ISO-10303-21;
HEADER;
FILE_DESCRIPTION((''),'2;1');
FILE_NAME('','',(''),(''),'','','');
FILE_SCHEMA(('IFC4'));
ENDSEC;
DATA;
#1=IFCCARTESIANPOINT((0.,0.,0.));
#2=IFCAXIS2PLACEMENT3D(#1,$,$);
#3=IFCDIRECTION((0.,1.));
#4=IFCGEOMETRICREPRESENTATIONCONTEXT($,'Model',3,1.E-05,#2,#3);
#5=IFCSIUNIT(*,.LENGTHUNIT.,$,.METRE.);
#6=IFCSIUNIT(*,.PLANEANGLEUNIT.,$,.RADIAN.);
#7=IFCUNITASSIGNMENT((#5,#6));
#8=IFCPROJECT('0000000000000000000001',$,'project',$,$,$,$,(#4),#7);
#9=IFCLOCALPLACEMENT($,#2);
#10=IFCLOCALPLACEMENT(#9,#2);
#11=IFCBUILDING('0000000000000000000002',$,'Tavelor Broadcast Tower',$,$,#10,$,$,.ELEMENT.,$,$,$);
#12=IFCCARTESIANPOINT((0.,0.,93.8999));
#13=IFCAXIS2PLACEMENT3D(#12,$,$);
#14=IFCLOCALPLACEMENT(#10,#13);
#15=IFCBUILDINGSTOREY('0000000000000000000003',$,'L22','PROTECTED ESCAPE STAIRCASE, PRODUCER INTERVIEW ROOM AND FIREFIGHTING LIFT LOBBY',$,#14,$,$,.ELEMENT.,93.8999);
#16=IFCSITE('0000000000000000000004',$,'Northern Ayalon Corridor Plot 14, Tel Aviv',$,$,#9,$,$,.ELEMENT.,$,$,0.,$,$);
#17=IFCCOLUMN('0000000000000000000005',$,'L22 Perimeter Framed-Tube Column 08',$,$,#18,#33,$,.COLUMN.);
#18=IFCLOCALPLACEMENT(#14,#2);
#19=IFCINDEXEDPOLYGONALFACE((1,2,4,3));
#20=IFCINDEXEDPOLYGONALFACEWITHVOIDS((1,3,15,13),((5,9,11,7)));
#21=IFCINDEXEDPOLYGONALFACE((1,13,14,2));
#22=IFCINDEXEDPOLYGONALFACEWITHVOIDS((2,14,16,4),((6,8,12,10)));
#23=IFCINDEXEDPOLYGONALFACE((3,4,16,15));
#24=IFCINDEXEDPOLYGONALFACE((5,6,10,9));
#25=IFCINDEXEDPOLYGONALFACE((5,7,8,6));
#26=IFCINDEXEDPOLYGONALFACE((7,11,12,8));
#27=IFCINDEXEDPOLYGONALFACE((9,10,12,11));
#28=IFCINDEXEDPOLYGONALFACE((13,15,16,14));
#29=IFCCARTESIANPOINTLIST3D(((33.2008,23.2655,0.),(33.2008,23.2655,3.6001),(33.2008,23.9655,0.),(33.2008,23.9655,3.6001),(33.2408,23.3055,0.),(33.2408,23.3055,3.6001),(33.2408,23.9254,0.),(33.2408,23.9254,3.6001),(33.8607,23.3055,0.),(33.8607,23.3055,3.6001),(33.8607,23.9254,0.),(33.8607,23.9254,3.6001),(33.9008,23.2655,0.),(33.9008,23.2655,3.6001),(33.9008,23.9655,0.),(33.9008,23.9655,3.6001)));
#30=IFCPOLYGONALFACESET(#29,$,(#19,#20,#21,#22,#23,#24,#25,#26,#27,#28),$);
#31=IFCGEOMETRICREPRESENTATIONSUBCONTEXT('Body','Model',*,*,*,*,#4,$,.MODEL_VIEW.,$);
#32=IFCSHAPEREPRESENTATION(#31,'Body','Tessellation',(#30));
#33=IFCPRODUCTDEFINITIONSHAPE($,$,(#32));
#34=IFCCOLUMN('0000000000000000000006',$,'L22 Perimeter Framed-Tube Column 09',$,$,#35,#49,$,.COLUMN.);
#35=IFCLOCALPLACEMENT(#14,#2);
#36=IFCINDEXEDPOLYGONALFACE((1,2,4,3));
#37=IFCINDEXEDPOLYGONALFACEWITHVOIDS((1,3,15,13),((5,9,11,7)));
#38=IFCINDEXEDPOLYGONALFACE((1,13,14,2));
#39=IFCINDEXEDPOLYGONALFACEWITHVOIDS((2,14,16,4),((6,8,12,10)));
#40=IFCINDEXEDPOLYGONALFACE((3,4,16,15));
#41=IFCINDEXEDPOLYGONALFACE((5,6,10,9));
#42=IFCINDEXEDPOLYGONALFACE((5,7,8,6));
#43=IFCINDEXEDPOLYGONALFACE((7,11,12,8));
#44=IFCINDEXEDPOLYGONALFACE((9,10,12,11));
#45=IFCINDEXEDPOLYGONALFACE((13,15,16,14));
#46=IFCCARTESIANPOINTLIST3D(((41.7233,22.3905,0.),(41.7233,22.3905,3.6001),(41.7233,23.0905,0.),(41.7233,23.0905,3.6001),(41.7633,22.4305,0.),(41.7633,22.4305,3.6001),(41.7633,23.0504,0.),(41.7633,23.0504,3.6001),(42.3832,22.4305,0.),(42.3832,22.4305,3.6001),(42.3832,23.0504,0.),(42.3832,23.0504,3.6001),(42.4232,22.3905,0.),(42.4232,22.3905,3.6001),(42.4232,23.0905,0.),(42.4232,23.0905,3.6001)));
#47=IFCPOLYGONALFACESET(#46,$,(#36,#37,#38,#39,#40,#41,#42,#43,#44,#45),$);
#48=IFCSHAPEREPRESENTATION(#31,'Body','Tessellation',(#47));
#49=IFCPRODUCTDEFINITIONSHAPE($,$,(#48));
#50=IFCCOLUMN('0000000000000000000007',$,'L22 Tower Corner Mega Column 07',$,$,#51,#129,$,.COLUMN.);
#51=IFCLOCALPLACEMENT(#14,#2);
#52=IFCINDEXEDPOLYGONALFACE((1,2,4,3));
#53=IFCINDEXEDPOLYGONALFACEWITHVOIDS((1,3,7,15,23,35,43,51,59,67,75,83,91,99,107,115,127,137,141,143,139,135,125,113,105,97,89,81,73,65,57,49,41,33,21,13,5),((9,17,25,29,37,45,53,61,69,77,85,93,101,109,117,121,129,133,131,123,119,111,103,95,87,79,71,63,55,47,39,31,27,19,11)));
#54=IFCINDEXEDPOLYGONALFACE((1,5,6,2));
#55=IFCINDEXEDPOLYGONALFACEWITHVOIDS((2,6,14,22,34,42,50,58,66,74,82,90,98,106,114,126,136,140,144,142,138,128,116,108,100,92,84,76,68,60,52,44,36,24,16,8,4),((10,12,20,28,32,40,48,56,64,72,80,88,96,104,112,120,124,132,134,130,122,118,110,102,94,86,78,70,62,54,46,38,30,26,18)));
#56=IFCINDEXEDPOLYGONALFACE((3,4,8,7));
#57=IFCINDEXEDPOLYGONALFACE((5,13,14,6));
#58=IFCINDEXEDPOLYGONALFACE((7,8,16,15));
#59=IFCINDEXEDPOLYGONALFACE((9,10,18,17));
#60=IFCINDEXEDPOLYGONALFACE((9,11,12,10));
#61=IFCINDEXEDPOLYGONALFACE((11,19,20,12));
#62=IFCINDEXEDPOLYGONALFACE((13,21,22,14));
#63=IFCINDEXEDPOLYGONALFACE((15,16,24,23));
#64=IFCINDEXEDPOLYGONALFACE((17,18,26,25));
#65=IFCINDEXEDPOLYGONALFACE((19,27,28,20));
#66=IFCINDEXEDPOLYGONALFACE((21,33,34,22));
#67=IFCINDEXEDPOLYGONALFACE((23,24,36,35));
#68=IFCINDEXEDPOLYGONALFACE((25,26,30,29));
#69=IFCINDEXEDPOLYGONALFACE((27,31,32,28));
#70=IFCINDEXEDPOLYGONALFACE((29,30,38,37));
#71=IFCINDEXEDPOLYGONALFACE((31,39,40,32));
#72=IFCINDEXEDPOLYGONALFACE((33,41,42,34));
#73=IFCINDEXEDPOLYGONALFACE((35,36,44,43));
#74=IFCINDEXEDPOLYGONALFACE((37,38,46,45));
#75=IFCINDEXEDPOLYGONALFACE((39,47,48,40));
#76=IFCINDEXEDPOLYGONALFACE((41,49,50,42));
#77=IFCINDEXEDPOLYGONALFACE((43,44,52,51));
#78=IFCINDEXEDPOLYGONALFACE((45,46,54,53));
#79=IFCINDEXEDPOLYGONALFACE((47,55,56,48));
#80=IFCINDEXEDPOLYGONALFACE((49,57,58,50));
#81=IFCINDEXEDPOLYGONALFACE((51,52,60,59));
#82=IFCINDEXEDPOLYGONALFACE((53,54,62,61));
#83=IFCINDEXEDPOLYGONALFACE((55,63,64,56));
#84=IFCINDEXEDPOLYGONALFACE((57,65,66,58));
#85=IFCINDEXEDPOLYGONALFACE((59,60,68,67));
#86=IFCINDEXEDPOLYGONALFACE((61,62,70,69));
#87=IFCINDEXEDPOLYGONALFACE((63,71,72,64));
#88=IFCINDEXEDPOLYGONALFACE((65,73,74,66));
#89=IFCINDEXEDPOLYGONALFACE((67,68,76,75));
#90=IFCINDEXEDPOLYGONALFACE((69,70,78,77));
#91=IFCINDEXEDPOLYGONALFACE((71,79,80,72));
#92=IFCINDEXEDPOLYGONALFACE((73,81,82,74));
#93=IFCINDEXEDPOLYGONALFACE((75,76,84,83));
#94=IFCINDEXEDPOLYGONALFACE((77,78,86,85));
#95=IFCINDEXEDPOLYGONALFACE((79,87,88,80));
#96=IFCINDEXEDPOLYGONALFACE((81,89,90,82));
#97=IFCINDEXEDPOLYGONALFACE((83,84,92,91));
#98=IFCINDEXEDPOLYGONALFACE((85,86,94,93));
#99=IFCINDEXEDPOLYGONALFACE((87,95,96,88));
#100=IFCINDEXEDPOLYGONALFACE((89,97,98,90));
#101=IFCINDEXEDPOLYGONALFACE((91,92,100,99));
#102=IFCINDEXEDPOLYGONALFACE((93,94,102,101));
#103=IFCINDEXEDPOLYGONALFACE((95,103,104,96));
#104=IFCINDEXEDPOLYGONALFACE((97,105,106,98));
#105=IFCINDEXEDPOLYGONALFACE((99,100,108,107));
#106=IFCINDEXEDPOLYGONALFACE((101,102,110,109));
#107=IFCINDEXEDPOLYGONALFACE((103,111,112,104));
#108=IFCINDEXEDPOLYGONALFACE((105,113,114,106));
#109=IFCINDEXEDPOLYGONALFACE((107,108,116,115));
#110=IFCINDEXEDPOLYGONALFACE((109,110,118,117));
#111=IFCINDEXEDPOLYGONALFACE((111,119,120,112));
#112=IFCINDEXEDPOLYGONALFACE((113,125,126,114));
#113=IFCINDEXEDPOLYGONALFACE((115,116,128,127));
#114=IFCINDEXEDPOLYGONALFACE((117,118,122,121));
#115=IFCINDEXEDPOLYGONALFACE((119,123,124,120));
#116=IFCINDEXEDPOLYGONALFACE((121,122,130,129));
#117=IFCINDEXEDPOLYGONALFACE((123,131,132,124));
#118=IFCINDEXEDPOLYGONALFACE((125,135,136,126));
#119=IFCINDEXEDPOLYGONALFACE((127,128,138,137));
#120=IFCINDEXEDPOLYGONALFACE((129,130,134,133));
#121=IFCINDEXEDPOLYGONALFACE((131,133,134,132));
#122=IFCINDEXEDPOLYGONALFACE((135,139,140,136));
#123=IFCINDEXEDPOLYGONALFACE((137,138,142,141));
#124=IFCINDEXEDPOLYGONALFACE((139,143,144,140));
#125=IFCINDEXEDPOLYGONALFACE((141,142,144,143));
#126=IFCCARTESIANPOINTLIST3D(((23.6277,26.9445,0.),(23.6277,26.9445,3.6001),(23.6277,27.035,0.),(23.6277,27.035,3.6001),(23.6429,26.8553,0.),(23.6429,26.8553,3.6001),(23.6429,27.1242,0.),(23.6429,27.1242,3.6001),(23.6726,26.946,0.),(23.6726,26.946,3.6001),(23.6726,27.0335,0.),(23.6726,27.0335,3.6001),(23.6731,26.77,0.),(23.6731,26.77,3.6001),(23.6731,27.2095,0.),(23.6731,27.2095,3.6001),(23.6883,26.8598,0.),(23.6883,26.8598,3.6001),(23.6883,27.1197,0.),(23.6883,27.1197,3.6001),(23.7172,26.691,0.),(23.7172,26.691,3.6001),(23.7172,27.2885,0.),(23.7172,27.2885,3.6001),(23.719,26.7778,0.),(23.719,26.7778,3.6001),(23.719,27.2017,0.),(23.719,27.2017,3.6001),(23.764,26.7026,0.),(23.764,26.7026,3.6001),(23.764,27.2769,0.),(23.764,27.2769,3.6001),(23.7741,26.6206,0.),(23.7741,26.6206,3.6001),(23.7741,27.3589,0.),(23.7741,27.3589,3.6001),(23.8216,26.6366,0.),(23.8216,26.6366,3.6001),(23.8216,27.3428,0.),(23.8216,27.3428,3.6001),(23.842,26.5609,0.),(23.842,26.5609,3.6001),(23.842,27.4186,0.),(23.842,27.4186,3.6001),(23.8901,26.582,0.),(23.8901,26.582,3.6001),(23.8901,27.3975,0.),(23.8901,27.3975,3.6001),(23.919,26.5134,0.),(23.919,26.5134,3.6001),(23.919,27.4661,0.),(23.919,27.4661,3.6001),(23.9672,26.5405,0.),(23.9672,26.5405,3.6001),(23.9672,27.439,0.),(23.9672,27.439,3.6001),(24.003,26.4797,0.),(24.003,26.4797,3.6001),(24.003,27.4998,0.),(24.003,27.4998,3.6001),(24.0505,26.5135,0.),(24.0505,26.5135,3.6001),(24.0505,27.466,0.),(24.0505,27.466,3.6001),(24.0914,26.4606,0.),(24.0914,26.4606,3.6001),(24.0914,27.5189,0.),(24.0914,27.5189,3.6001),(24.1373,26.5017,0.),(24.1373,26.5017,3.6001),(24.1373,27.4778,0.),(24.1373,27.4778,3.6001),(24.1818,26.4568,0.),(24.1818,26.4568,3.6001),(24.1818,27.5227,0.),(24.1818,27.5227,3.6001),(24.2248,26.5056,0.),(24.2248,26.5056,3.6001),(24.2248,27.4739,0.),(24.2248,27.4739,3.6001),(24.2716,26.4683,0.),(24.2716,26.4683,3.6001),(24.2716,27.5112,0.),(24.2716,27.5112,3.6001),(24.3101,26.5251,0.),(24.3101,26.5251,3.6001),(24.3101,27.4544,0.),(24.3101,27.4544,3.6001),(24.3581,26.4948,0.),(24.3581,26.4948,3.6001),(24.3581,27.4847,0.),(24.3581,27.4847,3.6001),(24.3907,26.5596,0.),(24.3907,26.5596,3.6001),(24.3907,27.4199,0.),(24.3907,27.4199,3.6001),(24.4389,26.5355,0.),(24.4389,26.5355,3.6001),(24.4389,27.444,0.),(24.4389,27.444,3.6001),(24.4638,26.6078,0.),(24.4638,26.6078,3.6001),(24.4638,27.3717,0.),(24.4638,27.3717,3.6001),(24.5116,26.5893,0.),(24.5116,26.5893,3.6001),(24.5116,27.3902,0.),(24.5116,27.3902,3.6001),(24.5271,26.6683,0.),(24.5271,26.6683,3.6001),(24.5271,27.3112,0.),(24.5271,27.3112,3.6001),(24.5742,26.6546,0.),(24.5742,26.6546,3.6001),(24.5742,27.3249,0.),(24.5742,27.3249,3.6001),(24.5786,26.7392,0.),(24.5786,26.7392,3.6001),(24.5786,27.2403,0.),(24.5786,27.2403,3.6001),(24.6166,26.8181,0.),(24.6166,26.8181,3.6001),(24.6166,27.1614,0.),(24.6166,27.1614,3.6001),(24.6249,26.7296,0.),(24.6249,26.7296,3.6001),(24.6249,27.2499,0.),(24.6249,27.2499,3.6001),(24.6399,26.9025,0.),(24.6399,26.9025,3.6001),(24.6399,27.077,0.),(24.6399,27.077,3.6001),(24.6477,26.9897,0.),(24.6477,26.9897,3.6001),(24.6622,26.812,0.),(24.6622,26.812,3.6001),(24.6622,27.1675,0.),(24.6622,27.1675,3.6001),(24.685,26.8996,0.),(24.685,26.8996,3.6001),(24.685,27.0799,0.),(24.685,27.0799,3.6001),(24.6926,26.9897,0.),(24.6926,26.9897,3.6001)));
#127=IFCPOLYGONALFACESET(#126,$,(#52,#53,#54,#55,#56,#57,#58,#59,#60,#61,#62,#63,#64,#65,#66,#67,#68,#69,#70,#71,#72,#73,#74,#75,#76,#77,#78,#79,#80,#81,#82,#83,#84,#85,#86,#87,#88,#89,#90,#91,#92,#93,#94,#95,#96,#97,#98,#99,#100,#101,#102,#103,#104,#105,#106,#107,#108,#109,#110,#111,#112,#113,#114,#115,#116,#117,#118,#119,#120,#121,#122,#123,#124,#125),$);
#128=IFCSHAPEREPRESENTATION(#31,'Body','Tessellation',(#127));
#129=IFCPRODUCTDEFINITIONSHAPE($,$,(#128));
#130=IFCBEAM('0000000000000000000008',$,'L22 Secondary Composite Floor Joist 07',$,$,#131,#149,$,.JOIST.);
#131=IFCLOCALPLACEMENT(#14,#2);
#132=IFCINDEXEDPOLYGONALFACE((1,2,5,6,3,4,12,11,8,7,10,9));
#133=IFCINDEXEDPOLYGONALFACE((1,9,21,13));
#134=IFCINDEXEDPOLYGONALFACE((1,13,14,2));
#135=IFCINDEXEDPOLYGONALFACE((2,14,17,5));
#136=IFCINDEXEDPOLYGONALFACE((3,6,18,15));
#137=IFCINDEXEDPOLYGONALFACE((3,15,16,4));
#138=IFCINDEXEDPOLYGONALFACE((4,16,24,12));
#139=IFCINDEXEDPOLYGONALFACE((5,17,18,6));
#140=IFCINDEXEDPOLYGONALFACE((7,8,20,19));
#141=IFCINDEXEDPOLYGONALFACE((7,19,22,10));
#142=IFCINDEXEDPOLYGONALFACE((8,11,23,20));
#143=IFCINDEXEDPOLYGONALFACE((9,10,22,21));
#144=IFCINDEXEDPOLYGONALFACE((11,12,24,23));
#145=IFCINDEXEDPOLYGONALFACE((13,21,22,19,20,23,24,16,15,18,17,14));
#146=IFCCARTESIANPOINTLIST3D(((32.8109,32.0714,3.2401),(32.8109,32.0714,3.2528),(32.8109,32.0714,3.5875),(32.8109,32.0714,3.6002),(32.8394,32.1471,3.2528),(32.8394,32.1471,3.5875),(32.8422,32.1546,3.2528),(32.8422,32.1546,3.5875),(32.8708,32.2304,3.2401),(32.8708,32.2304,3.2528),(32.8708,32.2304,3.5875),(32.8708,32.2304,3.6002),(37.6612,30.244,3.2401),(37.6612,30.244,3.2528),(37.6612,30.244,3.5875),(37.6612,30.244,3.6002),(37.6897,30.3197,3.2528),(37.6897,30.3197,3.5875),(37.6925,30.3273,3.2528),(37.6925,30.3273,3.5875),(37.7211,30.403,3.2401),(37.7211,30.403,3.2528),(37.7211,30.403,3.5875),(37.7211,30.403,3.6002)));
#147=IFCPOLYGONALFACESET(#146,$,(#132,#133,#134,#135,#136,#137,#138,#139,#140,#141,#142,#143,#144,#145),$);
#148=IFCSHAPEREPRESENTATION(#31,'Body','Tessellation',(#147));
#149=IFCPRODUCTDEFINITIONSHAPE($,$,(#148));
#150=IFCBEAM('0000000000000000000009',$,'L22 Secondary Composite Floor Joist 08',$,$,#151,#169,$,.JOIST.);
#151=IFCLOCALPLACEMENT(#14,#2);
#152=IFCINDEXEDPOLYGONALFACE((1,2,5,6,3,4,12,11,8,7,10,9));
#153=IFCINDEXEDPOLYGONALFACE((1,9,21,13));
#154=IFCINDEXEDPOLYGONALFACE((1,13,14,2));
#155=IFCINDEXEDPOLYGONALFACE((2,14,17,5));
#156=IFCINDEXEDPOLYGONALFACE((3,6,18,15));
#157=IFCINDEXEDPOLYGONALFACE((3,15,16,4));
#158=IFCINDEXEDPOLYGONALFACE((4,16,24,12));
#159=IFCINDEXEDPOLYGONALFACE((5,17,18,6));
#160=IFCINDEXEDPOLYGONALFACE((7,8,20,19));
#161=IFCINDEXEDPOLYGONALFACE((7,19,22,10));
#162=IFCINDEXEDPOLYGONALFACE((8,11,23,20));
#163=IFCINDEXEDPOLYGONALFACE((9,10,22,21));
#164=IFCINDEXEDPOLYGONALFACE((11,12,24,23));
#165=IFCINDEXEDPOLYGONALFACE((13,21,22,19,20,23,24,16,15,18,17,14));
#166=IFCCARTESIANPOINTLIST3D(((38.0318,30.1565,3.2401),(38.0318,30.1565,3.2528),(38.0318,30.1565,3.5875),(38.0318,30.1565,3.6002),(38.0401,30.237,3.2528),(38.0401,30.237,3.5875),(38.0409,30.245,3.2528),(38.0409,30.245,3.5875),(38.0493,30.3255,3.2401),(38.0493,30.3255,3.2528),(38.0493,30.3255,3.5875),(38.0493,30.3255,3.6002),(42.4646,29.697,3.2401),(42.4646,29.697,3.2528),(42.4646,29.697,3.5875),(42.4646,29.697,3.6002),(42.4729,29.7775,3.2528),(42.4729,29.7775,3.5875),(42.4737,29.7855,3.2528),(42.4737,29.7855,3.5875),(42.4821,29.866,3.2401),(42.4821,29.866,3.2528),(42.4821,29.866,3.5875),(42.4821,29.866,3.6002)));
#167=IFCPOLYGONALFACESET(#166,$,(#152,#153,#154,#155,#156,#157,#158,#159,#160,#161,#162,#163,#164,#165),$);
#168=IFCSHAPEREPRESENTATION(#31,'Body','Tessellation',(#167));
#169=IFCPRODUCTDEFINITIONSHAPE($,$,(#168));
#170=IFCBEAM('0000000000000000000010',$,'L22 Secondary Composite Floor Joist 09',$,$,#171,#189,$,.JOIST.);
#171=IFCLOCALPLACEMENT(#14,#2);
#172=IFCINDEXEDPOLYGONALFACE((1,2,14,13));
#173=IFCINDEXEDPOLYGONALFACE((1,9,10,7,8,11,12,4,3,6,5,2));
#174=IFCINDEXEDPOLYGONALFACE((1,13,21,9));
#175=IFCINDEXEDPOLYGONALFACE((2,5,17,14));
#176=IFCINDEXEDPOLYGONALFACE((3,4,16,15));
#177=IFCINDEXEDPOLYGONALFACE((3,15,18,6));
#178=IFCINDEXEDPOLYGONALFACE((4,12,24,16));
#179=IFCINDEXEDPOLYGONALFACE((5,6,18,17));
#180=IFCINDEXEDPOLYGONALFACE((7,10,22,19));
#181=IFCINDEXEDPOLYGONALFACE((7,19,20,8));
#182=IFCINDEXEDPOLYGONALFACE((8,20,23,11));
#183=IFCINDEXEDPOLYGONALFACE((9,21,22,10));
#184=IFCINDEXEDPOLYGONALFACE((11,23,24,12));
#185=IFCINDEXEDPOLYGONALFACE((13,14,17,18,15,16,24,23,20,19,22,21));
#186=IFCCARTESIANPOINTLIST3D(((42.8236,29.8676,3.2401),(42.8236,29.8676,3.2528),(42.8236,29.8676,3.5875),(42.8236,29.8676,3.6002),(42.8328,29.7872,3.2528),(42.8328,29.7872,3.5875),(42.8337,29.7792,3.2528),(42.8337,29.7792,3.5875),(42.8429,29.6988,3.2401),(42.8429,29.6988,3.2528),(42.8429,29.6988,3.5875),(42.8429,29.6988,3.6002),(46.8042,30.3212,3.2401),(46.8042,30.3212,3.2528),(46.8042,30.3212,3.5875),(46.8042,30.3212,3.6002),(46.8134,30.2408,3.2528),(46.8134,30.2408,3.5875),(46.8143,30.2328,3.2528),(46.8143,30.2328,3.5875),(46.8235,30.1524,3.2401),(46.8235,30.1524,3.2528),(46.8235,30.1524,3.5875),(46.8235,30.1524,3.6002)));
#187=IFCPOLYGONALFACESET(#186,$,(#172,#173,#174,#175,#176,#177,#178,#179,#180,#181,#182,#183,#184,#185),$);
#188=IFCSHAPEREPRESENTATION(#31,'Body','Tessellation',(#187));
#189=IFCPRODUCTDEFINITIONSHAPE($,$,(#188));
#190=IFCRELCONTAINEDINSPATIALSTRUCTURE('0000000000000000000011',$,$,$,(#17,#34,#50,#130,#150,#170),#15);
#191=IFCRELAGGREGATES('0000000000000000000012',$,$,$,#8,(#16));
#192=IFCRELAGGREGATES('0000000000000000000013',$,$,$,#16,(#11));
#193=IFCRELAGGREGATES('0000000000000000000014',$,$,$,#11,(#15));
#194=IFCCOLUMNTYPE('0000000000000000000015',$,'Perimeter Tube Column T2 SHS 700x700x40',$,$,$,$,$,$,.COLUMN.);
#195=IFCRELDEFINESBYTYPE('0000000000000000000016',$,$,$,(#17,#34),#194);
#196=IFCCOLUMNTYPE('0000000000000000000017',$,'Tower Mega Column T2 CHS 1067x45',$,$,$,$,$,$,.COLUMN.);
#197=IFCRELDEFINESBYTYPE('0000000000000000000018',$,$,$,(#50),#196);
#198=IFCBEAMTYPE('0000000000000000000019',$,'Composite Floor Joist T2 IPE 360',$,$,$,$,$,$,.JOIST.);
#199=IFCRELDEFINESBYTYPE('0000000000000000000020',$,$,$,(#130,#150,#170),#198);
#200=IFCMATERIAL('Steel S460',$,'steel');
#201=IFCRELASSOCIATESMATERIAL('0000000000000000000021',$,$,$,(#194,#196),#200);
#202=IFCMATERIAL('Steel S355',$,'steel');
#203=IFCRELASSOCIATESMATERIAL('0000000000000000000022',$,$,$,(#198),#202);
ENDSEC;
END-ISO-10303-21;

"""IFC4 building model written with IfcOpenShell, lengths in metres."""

from ifc_helpers import new_model, si_unit, direction, frame, origin, origin_2d, place, context, subcontext, project, spatial, hollow_rectangle, hollow_circle, i_section, extrude, material, material_profile, profile_set, type_object, element, save


model = new_model("IFC4")

# Units and contexts
model_context = context("Model", 3, precision=1e-05, world=origin(), true_north=direction((0.0, 1.0)))
body_context = subcontext(model_context, "Body", "Model", "MODEL_VIEW")
ifc_project = project(units=[si_unit("LENGTHUNIT", "METRE"), si_unit("PLANEANGLEUNIT", "RADIAN")], contexts=[model_context])

# Site, building, storey
site_placement = place(None, origin())
site = spatial("IfcSite", under=ifc_project, at=site_placement, Name="Northern Ayalon Corridor Plot 14, Tel Aviv", CompositionType="ELEMENT", RefElevation=0.0)
building_placement = place(site_placement, origin())
building = spatial("IfcBuilding", under=site, at=building_placement, Name="Tavelor Broadcast Tower", CompositionType="ELEMENT")
storey_placement = place(building_placement, frame((0.0, 0.0, 93.8999)))
storey = spatial("IfcBuildingStorey", under=building, at=storey_placement, Name="L22", Description="PROTECTED ESCAPE STAIRCASE, PRODUCER INTERVIEW ROOM AND FIREFIGHTING LIFT LOBBY", CompositionType="ELEMENT", Elevation=93.8999)

# Columns
ifc_material_1 = material(Name="Steel S460", Category="steel")
ifc_material_profile_1 = material_profile(ifc_material_1, hollow_rectangle(XDim=0.7, YDim=0.7, WallThickness=0.04, at=origin_2d()), Name="SHS 700x700x40")
ifc_profile_set_1 = profile_set([ifc_material_profile_1], Name="Steel S460")
column_type_1 = type_object("IfcColumnType", Name="Perimeter Tube Column T2 SHS 700x700x40", PredefinedType="COLUMN", material=ifc_profile_set_1)
for number, where, z_axis, x_axis, name in (
    (1, (33.5508, 23.6155, 0.0), (0.0, 0.0, 1.0), (1.0, 0.0, 0.0), "L22 Perimeter Framed-Tube Column 08"),
    (2, (42.0732, 22.7405, 0.0), (0.0, 0.0, 1.0), (1.0, 0.0, 0.0), "L22 Perimeter Framed-Tube Column 09"),
):
    element("IfcColumn", number, at=place(storey_placement, frame(where, z_axis=z_axis, x_axis=x_axis)), inside=storey, type_object=column_type_1, Name=name, PredefinedType="COLUMN", context=body_context, shape_type="SweptSolid", body=[
        extrude(hollow_rectangle(XDim=0.7, YDim=0.7, WallThickness=0.04, at=origin_2d()), origin(), (0.0, 0.0, 1.0), 3.6001),
    ])
ifc_material_profile_2 = material_profile(ifc_material_1, hollow_circle(Radius=0.5334, WallThickness=0.0449, at=origin_2d()), Name="CHS 1067x45")
ifc_profile_set_2 = profile_set([ifc_material_profile_2], Name="Steel S460")
column_type_2 = type_object("IfcColumnType", Name="Tower Mega Column T2 CHS 1067x45", PredefinedType="COLUMN", material=ifc_profile_set_2)
column_placement = place(storey_placement, frame((24.1592, 26.9897, 0.0), z_axis=(0.0, 0.0, 1.0), x_axis=(1.0, 0.0, 0.0)))
element("IfcColumn", 3, at=column_placement, inside=storey, type_object=column_type_2, Name="L22 Tower Corner Mega Column 07", PredefinedType="COLUMN", context=body_context, shape_type="SweptSolid", body=[
    extrude(hollow_circle(Radius=0.5334, WallThickness=0.0449, at=origin_2d()), origin(), (0.0, 0.0, 1.0), 3.6001),
])

# Beams
ifc_material_2 = material(Name="Steel S355", Category="steel")
ifc_material_profile_3 = material_profile(ifc_material_2, i_section(OverallWidth=0.1699, OverallDepth=0.3601, WebThickness=0.0081, FlangeThickness=0.0127, at=origin_2d()), Name="IPE 360")
ifc_profile_set_3 = profile_set([ifc_material_profile_3], Name="Steel S355")
beam_type_1 = type_object("IfcBeamType", Name="Composite Floor Joist T2 IPE 360", PredefinedType="JOIST", material=ifc_profile_set_3)
beam_1_placement = place(storey_placement, frame((32.8408, 32.1509, 3.4202), z_axis=(0.935788, -0.352563, 0.0), x_axis=(0.352563, 0.935788, 0.0)))
element("IfcBeam", 4, at=beam_1_placement, inside=storey, type_object=beam_type_1, Name="L22 Secondary Composite Floor Joist 07", PredefinedType="JOIST", context=body_context, shape_type="SweptSolid", body=[
    extrude(i_section(OverallWidth=0.1699, OverallDepth=0.3601, WebThickness=0.0081, FlangeThickness=0.0127, at=origin_2d()), origin(), (0.0, 0.0, 1.0), 5.1831),
])
beam_2_placement = place(storey_placement, frame((38.0405, 30.241, 3.4202), z_axis=(0.994671, -0.103099, 0.0), x_axis=(0.103099, 0.994671, 0.0)))
element("IfcBeam", 5, at=beam_2_placement, inside=storey, type_object=beam_type_1, Name="L22 Secondary Composite Floor Joist 08", PredefinedType="JOIST", context=body_context, shape_type="SweptSolid", body=[
    extrude(i_section(OverallWidth=0.1699, OverallDepth=0.3601, WebThickness=0.0081, FlangeThickness=0.0127, at=origin_2d()), origin(), (0.0, 0.0, 1.0), 4.4565),
])
beam_3_placement = place(storey_placement, frame((42.8333, 29.7832, 3.4202), z_axis=(0.993569, 0.113227, 0.0), x_axis=(-0.113227, 0.993569, 0.0)))
element("IfcBeam", 6, at=beam_3_placement, inside=storey, type_object=beam_type_1, Name="L22 Secondary Composite Floor Joist 09", PredefinedType="JOIST", context=body_context, shape_type="SweptSolid", body=[
    extrude(i_section(OverallWidth=0.1699, OverallDepth=0.3601, WebThickness=0.0081, FlangeThickness=0.0127, at=origin_2d()), origin(), (0.0, 0.0, 1.0), 4.0063),
])

save(model, "model.ifc")
